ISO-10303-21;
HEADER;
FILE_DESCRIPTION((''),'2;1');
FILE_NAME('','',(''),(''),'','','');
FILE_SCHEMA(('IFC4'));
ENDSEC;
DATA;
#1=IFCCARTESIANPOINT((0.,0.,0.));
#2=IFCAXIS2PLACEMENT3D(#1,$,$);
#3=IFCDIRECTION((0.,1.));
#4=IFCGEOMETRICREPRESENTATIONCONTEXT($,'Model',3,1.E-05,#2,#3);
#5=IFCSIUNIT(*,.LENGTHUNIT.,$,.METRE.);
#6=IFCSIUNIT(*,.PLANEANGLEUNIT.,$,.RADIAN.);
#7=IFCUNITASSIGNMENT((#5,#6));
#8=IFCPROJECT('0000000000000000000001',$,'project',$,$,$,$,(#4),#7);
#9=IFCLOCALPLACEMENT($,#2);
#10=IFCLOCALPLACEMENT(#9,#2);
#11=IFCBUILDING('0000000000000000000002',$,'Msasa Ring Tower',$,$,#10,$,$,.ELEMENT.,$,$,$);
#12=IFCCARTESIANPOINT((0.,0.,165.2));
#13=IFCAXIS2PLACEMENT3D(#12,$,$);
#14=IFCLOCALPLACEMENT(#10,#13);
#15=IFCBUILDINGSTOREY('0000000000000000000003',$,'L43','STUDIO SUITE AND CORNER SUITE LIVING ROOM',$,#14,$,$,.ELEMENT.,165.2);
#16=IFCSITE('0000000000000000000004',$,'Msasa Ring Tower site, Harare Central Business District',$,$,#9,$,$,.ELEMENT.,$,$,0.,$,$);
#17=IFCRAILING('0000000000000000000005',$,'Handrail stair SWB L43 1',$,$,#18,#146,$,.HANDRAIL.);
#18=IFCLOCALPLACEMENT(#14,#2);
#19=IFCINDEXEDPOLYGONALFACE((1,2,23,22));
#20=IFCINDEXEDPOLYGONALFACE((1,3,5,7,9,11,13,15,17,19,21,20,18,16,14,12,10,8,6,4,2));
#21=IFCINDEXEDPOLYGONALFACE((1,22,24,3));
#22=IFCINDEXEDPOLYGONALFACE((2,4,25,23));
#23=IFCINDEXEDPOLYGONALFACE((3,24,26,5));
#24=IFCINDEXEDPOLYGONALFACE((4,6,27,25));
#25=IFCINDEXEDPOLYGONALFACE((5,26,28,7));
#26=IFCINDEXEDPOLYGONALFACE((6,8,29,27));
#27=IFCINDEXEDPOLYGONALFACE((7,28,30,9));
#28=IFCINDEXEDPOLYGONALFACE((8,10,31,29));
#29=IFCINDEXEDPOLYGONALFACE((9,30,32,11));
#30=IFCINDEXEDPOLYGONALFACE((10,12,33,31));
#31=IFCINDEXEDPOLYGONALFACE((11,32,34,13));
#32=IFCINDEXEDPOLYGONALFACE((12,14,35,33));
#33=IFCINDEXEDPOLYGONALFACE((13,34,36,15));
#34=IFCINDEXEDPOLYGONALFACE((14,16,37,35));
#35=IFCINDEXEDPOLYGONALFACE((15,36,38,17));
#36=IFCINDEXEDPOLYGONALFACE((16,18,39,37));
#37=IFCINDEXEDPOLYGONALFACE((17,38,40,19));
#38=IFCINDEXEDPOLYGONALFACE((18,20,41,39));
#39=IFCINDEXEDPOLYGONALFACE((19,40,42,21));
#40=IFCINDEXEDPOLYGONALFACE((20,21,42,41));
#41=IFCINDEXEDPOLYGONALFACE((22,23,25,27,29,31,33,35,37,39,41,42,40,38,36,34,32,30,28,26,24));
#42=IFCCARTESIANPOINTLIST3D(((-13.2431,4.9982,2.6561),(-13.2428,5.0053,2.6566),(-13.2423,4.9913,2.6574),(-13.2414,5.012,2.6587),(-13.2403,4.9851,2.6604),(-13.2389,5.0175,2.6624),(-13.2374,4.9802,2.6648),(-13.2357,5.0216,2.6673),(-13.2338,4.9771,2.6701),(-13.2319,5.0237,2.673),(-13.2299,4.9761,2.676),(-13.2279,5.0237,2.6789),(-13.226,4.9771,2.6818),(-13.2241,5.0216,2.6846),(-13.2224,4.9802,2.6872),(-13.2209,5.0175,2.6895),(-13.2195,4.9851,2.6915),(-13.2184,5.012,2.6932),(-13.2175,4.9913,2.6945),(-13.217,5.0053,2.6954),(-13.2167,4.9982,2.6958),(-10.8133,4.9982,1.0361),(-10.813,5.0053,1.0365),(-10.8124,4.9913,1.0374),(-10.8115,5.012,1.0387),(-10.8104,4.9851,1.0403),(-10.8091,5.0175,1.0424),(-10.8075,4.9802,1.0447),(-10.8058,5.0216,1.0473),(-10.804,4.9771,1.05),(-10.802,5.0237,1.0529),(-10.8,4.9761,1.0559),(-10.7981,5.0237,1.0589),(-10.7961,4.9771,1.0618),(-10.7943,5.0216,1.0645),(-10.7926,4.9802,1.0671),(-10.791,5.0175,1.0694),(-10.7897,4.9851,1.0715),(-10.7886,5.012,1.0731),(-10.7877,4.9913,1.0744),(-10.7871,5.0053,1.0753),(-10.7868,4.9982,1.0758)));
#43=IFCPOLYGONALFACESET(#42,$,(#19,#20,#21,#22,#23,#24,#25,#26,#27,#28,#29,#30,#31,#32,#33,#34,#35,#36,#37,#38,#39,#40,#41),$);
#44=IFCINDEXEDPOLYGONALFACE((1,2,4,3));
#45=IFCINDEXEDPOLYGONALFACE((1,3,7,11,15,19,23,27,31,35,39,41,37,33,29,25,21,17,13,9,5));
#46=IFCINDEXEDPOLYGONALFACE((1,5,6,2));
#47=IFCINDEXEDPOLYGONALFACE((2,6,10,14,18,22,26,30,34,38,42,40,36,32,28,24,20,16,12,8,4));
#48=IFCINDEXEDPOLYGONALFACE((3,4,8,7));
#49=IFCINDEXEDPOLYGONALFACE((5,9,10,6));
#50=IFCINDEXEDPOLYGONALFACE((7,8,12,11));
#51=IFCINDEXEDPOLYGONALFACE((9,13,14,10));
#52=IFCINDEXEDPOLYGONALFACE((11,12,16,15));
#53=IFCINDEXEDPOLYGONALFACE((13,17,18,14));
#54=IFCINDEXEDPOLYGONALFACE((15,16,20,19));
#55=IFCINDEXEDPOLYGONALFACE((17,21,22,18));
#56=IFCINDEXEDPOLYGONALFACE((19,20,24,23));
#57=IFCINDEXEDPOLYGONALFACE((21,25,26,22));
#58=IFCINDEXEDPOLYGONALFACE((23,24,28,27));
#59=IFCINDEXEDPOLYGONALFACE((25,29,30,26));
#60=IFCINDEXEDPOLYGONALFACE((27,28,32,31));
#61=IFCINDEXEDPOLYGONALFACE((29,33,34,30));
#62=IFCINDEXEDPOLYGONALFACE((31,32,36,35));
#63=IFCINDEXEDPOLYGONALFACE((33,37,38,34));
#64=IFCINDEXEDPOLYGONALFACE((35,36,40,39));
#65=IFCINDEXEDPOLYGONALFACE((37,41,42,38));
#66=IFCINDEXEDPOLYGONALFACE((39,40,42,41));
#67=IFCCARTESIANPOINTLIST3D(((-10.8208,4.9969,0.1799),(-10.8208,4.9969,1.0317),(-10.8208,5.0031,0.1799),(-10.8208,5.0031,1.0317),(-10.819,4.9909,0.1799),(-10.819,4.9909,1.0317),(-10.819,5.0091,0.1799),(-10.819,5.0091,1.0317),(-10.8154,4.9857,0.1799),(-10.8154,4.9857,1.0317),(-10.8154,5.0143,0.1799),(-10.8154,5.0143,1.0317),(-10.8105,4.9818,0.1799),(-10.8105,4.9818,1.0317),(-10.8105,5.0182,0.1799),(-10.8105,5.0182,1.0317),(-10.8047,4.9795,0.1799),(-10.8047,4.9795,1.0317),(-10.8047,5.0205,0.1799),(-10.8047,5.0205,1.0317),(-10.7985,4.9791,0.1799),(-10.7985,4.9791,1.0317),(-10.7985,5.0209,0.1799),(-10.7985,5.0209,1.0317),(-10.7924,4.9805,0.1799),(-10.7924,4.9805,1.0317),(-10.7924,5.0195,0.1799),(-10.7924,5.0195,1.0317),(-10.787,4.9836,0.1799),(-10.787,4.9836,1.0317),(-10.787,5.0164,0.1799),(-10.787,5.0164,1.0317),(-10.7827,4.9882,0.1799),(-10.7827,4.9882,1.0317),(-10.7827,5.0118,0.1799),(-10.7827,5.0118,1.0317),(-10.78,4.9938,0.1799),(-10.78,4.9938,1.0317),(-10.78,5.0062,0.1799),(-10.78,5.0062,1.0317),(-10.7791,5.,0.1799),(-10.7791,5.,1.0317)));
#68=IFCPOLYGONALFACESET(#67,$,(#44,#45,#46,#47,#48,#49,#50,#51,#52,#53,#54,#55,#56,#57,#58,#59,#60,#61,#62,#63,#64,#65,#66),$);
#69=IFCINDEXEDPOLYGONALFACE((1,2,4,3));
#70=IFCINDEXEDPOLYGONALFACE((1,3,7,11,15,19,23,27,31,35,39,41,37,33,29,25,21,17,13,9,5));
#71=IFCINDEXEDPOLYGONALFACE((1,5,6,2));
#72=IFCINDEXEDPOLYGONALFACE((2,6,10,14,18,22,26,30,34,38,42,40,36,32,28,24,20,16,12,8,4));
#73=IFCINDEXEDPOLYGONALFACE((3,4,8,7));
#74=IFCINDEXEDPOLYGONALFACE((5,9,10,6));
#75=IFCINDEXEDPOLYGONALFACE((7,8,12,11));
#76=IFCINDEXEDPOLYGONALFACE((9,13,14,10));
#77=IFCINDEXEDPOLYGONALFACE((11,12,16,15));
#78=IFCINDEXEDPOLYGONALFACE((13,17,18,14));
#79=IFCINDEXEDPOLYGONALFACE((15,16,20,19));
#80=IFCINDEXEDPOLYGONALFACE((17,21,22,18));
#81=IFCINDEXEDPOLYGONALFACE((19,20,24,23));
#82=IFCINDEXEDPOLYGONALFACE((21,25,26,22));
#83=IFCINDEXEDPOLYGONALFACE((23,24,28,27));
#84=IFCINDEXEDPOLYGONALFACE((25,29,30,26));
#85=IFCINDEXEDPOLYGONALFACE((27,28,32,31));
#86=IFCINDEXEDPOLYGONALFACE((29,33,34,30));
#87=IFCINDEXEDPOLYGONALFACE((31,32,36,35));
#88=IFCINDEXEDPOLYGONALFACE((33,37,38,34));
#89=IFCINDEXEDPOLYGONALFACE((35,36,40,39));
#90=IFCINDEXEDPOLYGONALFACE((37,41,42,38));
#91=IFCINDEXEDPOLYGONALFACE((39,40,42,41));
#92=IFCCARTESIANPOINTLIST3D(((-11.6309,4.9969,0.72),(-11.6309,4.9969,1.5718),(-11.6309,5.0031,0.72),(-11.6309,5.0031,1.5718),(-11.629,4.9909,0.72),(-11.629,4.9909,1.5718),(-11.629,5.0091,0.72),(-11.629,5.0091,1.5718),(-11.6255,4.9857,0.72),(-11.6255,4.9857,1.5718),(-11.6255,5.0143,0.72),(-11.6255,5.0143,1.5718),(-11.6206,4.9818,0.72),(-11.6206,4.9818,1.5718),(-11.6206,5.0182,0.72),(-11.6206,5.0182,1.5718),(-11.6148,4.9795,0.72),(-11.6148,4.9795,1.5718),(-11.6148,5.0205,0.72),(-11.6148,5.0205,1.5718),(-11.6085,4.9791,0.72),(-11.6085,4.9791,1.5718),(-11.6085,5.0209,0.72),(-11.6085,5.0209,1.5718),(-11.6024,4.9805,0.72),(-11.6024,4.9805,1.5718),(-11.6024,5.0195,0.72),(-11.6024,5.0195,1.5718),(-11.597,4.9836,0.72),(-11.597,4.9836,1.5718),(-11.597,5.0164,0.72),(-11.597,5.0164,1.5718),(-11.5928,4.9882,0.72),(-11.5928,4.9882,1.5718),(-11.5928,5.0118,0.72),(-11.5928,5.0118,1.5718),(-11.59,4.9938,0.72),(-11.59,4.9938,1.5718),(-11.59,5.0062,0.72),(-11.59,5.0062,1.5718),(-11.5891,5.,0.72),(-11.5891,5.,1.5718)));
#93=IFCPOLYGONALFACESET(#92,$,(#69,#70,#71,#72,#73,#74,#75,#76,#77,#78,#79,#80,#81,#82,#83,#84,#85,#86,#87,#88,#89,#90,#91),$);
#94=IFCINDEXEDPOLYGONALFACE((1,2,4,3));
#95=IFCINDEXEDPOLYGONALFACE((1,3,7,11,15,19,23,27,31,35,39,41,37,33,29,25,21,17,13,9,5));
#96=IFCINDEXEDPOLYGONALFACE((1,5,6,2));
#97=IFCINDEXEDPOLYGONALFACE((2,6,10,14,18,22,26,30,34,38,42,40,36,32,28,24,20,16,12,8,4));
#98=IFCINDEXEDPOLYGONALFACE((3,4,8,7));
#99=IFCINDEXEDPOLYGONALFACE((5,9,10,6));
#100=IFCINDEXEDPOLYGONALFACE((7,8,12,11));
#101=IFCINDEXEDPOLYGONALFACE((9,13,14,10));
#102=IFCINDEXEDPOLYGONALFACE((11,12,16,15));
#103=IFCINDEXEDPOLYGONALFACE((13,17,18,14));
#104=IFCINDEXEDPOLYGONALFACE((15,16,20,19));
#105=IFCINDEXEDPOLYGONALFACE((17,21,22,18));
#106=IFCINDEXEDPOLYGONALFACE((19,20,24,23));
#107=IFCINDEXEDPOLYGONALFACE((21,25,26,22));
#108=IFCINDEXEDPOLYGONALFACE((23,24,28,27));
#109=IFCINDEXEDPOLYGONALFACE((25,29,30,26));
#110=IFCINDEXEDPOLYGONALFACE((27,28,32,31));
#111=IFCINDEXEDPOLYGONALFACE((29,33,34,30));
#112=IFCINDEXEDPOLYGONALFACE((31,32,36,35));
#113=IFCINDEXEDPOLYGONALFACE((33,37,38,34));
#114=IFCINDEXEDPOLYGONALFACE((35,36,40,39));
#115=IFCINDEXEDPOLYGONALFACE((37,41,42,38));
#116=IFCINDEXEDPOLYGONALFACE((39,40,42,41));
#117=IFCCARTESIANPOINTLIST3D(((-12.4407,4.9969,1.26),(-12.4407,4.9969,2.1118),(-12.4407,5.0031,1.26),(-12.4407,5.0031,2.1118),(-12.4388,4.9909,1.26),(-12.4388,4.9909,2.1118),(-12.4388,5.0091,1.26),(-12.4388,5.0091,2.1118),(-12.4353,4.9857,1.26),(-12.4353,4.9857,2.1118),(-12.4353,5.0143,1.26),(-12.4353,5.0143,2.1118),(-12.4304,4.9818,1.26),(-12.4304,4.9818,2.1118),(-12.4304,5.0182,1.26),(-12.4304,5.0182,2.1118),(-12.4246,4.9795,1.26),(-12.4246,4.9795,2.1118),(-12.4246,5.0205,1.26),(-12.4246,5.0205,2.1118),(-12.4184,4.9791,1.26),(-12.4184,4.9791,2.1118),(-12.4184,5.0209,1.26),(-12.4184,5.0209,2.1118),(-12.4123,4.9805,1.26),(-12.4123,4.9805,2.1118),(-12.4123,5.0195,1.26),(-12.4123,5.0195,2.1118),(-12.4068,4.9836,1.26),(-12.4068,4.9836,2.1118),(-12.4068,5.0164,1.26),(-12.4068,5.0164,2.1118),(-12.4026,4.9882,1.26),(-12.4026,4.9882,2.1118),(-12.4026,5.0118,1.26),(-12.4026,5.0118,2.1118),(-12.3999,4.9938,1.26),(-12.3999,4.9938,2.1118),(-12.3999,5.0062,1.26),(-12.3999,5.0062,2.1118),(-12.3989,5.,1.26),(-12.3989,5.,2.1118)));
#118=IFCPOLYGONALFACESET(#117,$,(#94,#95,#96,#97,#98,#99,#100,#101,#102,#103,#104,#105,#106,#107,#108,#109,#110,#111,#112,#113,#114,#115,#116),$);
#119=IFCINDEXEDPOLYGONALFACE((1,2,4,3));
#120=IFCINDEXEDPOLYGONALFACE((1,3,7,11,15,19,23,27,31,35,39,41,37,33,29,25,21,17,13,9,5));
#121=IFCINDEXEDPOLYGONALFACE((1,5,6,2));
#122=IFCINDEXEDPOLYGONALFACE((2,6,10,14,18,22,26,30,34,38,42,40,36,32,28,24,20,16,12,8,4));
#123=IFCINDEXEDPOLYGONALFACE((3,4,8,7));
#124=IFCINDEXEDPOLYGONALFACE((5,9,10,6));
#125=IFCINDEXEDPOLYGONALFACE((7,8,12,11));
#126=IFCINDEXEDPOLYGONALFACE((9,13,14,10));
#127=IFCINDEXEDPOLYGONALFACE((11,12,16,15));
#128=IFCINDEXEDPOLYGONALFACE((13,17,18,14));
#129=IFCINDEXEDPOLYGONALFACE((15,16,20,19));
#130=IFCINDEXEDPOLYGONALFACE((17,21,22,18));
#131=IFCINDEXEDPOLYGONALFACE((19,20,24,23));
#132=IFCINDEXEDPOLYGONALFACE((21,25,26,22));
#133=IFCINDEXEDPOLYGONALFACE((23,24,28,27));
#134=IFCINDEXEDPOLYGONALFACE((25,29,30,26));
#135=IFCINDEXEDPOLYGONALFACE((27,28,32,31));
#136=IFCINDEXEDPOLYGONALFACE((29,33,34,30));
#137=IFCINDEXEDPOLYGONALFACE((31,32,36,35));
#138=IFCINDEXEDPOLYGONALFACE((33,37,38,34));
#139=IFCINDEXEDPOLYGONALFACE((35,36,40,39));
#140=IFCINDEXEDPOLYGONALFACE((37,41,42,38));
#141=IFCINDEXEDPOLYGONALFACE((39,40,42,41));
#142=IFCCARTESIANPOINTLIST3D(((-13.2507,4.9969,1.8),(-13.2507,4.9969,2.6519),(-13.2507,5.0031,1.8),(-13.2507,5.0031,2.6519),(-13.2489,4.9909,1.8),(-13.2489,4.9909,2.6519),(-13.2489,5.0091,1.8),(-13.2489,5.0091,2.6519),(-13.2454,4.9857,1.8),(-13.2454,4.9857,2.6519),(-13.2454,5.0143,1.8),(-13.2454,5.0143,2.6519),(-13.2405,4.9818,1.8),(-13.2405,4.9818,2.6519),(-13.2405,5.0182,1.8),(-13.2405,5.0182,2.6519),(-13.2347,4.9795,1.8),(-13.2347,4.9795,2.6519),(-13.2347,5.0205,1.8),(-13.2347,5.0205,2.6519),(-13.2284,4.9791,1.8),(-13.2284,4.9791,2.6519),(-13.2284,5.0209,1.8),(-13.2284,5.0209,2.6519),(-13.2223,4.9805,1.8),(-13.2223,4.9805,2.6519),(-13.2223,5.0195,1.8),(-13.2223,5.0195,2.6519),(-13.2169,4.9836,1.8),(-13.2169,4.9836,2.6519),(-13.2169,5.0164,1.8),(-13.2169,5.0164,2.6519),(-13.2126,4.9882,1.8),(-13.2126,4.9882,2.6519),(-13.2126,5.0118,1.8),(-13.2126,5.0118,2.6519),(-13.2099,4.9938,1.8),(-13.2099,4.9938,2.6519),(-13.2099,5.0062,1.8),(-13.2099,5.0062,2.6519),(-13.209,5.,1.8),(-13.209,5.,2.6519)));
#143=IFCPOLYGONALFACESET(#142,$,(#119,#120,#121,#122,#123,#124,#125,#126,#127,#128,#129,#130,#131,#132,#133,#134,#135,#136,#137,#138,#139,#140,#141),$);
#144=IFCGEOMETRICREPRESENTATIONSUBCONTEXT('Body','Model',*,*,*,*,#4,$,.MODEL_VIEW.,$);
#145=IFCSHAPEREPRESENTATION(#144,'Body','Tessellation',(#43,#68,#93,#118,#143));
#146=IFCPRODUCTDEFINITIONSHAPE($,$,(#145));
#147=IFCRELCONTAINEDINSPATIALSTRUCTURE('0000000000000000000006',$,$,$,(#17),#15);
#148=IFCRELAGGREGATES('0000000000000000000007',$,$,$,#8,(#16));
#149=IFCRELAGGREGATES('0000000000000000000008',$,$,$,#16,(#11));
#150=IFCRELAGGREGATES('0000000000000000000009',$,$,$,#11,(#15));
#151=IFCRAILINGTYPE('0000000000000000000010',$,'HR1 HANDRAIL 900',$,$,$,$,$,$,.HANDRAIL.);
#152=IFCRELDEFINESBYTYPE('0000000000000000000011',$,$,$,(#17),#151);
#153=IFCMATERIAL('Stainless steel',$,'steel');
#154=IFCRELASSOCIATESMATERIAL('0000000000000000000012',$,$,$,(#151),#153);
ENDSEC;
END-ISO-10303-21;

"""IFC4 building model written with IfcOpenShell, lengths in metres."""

from ifc_helpers import new_model, si_unit, direction, frame, origin, origin_2d, place, context, subcontext, project, spatial, circle, extrude, material, type_object, element, save


model = new_model("IFC4")

# Units and contexts
model_context = context("Model", 3, precision=1e-05, world=origin(), true_north=direction((0.0, 1.0)))
body_context = subcontext(model_context, "Body", "Model", "MODEL_VIEW")
ifc_project = project(units=[si_unit("LENGTHUNIT", "METRE"), si_unit("PLANEANGLEUNIT", "RADIAN")], contexts=[model_context])

# Site, building, storey
site_placement = place(None, origin())
site = spatial("IfcSite", under=ifc_project, at=site_placement, Name="Msasa Ring Tower site, Harare Central Business District", CompositionType="ELEMENT", RefElevation=0.0)
building_placement = place(site_placement, origin())
building = spatial("IfcBuilding", under=site, at=building_placement, Name="Msasa Ring Tower", CompositionType="ELEMENT")
storey_placement = place(building_placement, frame((0.0, 0.0, 165.2)))
storey = spatial("IfcBuildingStorey", under=building, at=storey_placement, Name="L43", Description="STUDIO SUITE AND CORNER SUITE LIVING ROOM", CompositionType="ELEMENT", Elevation=165.2)

# Railing
ifc_material_1 = material(Name="Stainless steel", Category="steel")
railing_type = type_object("IfcRailingType", Name="HR1 HANDRAIL 900", PredefinedType="HANDRAIL", material=ifc_material_1)
for number, where, name in (
    (1, (-10.8, 5.0, 0.1799), "Handrail stair SWB L43 1"),
):
    element("IfcRailing", number, at=place(storey_placement, frame(where)), inside=storey, type_object=railing_type, Name=name, PredefinedType="HANDRAIL", context=body_context, shape_type="SweptSolid", body=[
        extrude(circle(Radius=0.0239, at=origin_2d()), frame((0.0, 0.0, 0.876), z_axis=(-0.832025, 0.0, 0.554739), x_axis=(0.0, -1.0, 0.0)), (0.0, 0.0, 1.0), 2.9204),
        extrude(circle(Radius=0.021, at=origin_2d()), origin(), (0.0, 0.0, 1.0), 0.8518),
        extrude(circle(Radius=0.021, at=origin_2d()), frame((-0.8101, 0.0, 0.54)), (0.0, 0.0, 1.0), 0.8518),
        extrude(circle(Radius=0.021, at=origin_2d()), frame((-1.6199, 0.0, 1.0801)), (0.0, 0.0, 1.0), 0.8518),
        extrude(circle(Radius=0.021, at=origin_2d()), frame((-2.4299, 0.0, 1.6201)), (0.0, 0.0, 1.0), 0.8518),
    ])

save(model, "model.ifc")
